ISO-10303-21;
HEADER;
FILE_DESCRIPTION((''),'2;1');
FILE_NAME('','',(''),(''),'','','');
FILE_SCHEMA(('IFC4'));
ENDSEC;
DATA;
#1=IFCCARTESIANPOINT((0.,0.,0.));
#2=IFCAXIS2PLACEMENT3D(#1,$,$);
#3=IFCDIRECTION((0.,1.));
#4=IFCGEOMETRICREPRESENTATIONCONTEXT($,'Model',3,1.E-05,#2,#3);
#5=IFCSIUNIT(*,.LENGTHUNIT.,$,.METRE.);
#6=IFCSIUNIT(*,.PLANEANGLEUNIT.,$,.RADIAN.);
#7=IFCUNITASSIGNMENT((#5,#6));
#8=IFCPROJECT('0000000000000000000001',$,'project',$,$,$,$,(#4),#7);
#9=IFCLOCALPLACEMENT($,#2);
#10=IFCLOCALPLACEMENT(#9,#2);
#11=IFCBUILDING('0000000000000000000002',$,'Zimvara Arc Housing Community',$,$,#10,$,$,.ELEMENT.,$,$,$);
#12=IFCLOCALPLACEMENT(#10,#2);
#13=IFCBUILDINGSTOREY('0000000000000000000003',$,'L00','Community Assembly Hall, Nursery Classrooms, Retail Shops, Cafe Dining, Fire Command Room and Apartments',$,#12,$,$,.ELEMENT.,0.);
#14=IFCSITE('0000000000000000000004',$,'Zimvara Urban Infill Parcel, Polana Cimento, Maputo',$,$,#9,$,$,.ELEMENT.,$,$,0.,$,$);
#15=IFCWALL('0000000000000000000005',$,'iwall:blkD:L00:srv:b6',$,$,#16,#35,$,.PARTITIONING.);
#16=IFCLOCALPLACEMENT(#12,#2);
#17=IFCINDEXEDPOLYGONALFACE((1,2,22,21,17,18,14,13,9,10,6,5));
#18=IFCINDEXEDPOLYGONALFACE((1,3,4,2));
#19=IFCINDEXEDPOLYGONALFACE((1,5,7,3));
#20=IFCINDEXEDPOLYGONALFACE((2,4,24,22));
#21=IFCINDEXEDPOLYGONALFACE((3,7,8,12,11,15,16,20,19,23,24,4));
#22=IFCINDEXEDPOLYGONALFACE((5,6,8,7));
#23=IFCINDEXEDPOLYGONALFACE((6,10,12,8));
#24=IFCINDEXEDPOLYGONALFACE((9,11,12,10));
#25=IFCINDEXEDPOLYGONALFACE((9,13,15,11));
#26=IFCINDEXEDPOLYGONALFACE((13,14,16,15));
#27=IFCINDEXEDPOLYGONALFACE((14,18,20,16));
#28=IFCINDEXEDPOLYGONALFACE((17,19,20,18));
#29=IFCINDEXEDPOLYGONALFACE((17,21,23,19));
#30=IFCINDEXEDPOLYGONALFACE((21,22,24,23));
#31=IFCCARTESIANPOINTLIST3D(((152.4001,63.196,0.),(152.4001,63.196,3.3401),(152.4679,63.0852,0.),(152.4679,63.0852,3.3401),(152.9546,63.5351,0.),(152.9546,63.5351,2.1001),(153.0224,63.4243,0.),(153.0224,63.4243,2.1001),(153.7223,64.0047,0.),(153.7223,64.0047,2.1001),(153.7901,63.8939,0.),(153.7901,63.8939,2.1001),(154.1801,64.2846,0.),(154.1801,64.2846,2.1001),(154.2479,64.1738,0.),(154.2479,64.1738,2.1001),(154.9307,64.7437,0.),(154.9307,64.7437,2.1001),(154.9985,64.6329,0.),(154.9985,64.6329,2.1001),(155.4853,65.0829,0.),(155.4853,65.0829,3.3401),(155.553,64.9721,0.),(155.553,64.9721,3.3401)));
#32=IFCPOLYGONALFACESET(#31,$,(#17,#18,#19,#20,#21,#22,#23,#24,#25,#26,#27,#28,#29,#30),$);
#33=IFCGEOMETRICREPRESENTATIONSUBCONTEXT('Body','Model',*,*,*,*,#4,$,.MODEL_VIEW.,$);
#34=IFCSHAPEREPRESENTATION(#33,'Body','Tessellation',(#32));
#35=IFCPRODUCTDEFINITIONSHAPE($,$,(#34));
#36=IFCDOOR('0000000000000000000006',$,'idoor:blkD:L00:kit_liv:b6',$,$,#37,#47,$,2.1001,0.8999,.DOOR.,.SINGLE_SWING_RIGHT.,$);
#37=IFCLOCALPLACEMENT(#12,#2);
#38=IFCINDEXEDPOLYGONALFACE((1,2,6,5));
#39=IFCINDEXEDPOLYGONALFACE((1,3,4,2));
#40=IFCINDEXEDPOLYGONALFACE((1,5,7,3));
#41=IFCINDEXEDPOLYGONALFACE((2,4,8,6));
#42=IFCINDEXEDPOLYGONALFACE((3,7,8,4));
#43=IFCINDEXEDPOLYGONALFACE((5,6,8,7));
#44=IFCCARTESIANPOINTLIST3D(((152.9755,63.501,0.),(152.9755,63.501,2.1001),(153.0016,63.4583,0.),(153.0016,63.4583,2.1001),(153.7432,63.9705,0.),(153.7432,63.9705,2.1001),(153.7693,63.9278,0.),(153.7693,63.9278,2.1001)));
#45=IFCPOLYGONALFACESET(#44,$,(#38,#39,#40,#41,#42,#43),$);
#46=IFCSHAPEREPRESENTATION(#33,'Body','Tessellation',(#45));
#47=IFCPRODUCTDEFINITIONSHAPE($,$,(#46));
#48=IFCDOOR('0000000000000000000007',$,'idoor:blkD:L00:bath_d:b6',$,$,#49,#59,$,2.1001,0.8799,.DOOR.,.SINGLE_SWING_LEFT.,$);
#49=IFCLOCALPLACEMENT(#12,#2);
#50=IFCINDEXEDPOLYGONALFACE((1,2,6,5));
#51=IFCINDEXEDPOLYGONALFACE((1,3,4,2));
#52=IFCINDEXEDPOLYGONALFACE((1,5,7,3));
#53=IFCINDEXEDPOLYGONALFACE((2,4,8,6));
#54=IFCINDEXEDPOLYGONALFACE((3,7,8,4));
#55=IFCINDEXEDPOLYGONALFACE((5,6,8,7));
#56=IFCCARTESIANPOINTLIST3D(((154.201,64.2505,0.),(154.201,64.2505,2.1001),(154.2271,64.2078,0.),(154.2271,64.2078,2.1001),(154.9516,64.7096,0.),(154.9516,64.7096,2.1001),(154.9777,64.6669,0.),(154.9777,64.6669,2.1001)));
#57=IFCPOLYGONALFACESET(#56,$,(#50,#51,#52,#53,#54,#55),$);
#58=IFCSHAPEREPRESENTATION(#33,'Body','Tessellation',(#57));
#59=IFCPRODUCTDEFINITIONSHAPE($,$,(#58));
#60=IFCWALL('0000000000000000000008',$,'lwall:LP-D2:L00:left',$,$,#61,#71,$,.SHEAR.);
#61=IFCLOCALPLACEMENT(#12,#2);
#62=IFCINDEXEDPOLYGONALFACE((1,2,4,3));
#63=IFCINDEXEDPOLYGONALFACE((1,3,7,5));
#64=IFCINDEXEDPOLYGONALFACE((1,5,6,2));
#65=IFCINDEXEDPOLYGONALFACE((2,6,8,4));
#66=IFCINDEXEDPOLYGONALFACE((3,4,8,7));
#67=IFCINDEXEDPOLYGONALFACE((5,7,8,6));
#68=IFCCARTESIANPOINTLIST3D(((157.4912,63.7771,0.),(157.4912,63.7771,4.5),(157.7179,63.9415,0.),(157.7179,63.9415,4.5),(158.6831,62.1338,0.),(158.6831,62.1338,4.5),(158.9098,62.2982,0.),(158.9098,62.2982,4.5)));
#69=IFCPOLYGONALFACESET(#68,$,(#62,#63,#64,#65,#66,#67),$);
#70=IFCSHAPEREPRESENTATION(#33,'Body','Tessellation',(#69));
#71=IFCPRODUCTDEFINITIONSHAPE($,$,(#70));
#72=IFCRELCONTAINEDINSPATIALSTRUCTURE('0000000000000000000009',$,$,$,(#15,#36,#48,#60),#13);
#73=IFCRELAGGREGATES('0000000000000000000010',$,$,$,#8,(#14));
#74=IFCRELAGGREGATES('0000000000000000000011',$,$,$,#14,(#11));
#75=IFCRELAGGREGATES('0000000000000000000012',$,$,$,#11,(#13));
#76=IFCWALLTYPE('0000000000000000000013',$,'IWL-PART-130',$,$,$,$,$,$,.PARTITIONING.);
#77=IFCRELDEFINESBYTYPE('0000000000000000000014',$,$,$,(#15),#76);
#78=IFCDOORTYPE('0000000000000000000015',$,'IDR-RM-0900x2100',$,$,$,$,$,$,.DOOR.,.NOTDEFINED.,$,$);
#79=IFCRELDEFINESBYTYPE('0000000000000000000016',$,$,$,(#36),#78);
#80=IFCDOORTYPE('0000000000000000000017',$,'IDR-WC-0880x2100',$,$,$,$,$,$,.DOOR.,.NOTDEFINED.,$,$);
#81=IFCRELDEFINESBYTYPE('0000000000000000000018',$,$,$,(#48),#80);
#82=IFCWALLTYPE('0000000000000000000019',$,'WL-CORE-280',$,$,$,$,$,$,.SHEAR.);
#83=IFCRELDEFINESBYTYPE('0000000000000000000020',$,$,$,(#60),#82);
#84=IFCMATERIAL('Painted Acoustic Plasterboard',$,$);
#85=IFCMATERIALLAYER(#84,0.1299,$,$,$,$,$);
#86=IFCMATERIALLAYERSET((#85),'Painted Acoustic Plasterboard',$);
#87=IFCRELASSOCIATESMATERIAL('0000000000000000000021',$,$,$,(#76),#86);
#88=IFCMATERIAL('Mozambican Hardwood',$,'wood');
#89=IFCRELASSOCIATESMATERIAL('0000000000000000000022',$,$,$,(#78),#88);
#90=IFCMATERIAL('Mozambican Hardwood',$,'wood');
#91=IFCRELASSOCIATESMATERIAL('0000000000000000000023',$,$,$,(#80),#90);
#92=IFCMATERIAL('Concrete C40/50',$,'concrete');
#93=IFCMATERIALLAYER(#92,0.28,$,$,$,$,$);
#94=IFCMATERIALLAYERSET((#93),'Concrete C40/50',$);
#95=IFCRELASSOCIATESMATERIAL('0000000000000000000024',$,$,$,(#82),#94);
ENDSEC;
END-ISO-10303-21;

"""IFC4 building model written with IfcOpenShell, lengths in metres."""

from ifc_helpers import new_model, si_unit, direction, frame, frame_2d, origin, place, context, subcontext, project, spatial, rectangle, extrude, material, layer, layer_set, type_object, element, fill, save


model = new_model("IFC4")

# Units and contexts
model_context = context("Model", 3, precision=1e-05, world=origin(), true_north=direction((0.0, 1.0)))
body_context = subcontext(model_context, "Body", "Model", "MODEL_VIEW")
ifc_project = project(units=[si_unit("LENGTHUNIT", "METRE"), si_unit("PLANEANGLEUNIT", "RADIAN")], contexts=[model_context])

# Site, building, storey
site_placement = place(None, origin())
site = spatial("IfcSite", under=ifc_project, at=site_placement, Name="Zimvara Urban Infill Parcel, Polana Cimento, Maputo", CompositionType="ELEMENT", RefElevation=0.0)
building_placement = place(site_placement, origin())
building = spatial("IfcBuilding", under=site, at=building_placement, Name="Zimvara Arc Housing Community", CompositionType="ELEMENT")
storey_placement = place(building_placement, origin())
storey = spatial("IfcBuildingStorey", under=building, at=storey_placement, Name="L00", Description="Community Assembly Hall, Nursery Classrooms, Retail Shops, Cafe Dining, Fire Command Room and Apartments", CompositionType="ELEMENT", Elevation=0.0)

# Wall, openings, doors
ifc_material_1 = material(Name="Painted Acoustic Plasterboard")
ifc_layer_1 = layer(ifc_material_1, 0.1299)
ifc_layer_set_1 = layer_set([ifc_layer_1], Name="Painted Acoustic Plasterboard")
wall_type_1 = type_object("IfcWallType", Name="IWL-PART-130", PredefinedType="PARTITIONING", material=ifc_layer_set_1)
wall_1_placement = place(storey_placement, frame((152.4341, 63.1406, 0.0), z_axis=(0.0, 0.0, 1.0), x_axis=(0.85309, 0.521764, 0.0)))
wall_1 = element("IfcWall", 1, at=wall_1_placement, inside=storey, type_object=wall_type_1, Name="iwall:blkD:L00:srv:b6", PredefinedType="PARTITIONING", context=body_context, shape_type="SweptSolid", body=[
    extrude(rectangle(XDim=3.6165, YDim=0.1299, at=frame_2d((1.8081, 0.0))), origin(), (0.0, 0.0, 1.0), 3.3401),
])
opening_1_placement = place(wall_1_placement, frame((0.6499, 0.0, 0.0)))
opening_1 = element("IfcOpeningElement", 2, at=opening_1_placement, cuts=wall_1, PredefinedType="OPENING", context=body_context, shape_type="SweptSolid", body=[
    extrude(rectangle(XDim=0.8999, YDim=2.1001, at=frame_2d((0.45, 1.05))), frame((0.0, 0.075, 0.0), z_axis=(0.0, -1.0, 0.0), x_axis=(1.0, 0.0, 0.0)), (0.0, 0.0, 1.0), 0.1499),
])
opening_2_placement = place(wall_1_placement, frame((2.0864, 0.0, 0.0)))
opening_2 = element("IfcOpeningElement", 3, at=opening_2_placement, cuts=wall_1, PredefinedType="OPENING", context=body_context, shape_type="SweptSolid", body=[
    extrude(rectangle(XDim=0.8799, YDim=2.1001, at=frame_2d((0.4399, 1.05))), frame((0.0, 0.075, 0.0), z_axis=(0.0, -1.0, 0.0), x_axis=(1.0, 0.0, 0.0)), (0.0, 0.0, 1.0), 0.1499),
])
ifc_material_2 = material(Name="Mozambican Hardwood", Category="wood")
door_type_1 = type_object("IfcDoorType", Name="IDR-RM-0900x2100", OperationType="NOTDEFINED", PredefinedType="DOOR", material=ifc_material_2)
door_1_placement = place(opening_1_placement, origin())
door_1 = element("IfcDoor", 4, at=door_1_placement, inside=storey, type_object=door_type_1, Name="idoor:blkD:L00:kit_liv:b6", OperationType="SINGLE_SWING_RIGHT", OverallHeight=2.1001, OverallWidth=0.8999, PredefinedType="DOOR", context=body_context, shape_type="SweptSolid", body=[
    extrude(rectangle(XDim=0.8999, YDim=2.1001, at=frame_2d((0.45, 1.05))), frame((0.0, 0.0249, 0.0), z_axis=(0.0, -1.0, 0.0), x_axis=(1.0, 0.0, 0.0)), (0.0, 0.0, 1.0), 0.05),
])
fill(opening_1, door_1)
ifc_material_3 = material(Name="Mozambican Hardwood", Category="wood")
door_type_2 = type_object("IfcDoorType", Name="IDR-WC-0880x2100", OperationType="NOTDEFINED", PredefinedType="DOOR", material=ifc_material_3)
door_2_placement = place(opening_2_placement, origin())
door_2 = element("IfcDoor", 5, at=door_2_placement, inside=storey, type_object=door_type_2, Name="idoor:blkD:L00:bath_d:b6", OperationType="SINGLE_SWING_LEFT", OverallHeight=2.1001, OverallWidth=0.8799, PredefinedType="DOOR", context=body_context, shape_type="SweptSolid", body=[
    extrude(rectangle(XDim=0.8799, YDim=2.1001, at=frame_2d((0.4399, 1.05))), frame((0.0, 0.0249, 0.0), z_axis=(0.0, -1.0, 0.0), x_axis=(1.0, 0.0, 0.0)), (0.0, 0.0, 1.0), 0.05),
])
fill(opening_2, door_2)

# Shared definitions
ifc_material_4 = material(Name="Concrete C40/50", Category="concrete")
ifc_layer_2 = layer(ifc_material_4, 0.28)
ifc_layer_set_2 = layer_set([ifc_layer_2], Name="Concrete C40/50")
wall_type_2 = type_object("IfcWallType", Name="WL-CORE-280", PredefinedType="SHEAR", material=ifc_layer_set_2)

# Wall
wall_2_placement = place(storey_placement, frame((157.6045, 63.8594, 0.0), z_axis=(0.0, 0.0, 1.0), x_axis=(0.587127, -0.809495, 0.0)))
element("IfcWall", 6, at=wall_2_placement, inside=storey, type_object=wall_type_2, Name="lwall:LP-D2:L00:left", PredefinedType="SHEAR", context=body_context, shape_type="SweptSolid", body=[
    extrude(rectangle(XDim=2.03, YDim=0.28, at=frame_2d((1.0151, 0.0))), origin(), (0.0, 0.0, 1.0), 4.5),
])

save(model, "model.ifc")
